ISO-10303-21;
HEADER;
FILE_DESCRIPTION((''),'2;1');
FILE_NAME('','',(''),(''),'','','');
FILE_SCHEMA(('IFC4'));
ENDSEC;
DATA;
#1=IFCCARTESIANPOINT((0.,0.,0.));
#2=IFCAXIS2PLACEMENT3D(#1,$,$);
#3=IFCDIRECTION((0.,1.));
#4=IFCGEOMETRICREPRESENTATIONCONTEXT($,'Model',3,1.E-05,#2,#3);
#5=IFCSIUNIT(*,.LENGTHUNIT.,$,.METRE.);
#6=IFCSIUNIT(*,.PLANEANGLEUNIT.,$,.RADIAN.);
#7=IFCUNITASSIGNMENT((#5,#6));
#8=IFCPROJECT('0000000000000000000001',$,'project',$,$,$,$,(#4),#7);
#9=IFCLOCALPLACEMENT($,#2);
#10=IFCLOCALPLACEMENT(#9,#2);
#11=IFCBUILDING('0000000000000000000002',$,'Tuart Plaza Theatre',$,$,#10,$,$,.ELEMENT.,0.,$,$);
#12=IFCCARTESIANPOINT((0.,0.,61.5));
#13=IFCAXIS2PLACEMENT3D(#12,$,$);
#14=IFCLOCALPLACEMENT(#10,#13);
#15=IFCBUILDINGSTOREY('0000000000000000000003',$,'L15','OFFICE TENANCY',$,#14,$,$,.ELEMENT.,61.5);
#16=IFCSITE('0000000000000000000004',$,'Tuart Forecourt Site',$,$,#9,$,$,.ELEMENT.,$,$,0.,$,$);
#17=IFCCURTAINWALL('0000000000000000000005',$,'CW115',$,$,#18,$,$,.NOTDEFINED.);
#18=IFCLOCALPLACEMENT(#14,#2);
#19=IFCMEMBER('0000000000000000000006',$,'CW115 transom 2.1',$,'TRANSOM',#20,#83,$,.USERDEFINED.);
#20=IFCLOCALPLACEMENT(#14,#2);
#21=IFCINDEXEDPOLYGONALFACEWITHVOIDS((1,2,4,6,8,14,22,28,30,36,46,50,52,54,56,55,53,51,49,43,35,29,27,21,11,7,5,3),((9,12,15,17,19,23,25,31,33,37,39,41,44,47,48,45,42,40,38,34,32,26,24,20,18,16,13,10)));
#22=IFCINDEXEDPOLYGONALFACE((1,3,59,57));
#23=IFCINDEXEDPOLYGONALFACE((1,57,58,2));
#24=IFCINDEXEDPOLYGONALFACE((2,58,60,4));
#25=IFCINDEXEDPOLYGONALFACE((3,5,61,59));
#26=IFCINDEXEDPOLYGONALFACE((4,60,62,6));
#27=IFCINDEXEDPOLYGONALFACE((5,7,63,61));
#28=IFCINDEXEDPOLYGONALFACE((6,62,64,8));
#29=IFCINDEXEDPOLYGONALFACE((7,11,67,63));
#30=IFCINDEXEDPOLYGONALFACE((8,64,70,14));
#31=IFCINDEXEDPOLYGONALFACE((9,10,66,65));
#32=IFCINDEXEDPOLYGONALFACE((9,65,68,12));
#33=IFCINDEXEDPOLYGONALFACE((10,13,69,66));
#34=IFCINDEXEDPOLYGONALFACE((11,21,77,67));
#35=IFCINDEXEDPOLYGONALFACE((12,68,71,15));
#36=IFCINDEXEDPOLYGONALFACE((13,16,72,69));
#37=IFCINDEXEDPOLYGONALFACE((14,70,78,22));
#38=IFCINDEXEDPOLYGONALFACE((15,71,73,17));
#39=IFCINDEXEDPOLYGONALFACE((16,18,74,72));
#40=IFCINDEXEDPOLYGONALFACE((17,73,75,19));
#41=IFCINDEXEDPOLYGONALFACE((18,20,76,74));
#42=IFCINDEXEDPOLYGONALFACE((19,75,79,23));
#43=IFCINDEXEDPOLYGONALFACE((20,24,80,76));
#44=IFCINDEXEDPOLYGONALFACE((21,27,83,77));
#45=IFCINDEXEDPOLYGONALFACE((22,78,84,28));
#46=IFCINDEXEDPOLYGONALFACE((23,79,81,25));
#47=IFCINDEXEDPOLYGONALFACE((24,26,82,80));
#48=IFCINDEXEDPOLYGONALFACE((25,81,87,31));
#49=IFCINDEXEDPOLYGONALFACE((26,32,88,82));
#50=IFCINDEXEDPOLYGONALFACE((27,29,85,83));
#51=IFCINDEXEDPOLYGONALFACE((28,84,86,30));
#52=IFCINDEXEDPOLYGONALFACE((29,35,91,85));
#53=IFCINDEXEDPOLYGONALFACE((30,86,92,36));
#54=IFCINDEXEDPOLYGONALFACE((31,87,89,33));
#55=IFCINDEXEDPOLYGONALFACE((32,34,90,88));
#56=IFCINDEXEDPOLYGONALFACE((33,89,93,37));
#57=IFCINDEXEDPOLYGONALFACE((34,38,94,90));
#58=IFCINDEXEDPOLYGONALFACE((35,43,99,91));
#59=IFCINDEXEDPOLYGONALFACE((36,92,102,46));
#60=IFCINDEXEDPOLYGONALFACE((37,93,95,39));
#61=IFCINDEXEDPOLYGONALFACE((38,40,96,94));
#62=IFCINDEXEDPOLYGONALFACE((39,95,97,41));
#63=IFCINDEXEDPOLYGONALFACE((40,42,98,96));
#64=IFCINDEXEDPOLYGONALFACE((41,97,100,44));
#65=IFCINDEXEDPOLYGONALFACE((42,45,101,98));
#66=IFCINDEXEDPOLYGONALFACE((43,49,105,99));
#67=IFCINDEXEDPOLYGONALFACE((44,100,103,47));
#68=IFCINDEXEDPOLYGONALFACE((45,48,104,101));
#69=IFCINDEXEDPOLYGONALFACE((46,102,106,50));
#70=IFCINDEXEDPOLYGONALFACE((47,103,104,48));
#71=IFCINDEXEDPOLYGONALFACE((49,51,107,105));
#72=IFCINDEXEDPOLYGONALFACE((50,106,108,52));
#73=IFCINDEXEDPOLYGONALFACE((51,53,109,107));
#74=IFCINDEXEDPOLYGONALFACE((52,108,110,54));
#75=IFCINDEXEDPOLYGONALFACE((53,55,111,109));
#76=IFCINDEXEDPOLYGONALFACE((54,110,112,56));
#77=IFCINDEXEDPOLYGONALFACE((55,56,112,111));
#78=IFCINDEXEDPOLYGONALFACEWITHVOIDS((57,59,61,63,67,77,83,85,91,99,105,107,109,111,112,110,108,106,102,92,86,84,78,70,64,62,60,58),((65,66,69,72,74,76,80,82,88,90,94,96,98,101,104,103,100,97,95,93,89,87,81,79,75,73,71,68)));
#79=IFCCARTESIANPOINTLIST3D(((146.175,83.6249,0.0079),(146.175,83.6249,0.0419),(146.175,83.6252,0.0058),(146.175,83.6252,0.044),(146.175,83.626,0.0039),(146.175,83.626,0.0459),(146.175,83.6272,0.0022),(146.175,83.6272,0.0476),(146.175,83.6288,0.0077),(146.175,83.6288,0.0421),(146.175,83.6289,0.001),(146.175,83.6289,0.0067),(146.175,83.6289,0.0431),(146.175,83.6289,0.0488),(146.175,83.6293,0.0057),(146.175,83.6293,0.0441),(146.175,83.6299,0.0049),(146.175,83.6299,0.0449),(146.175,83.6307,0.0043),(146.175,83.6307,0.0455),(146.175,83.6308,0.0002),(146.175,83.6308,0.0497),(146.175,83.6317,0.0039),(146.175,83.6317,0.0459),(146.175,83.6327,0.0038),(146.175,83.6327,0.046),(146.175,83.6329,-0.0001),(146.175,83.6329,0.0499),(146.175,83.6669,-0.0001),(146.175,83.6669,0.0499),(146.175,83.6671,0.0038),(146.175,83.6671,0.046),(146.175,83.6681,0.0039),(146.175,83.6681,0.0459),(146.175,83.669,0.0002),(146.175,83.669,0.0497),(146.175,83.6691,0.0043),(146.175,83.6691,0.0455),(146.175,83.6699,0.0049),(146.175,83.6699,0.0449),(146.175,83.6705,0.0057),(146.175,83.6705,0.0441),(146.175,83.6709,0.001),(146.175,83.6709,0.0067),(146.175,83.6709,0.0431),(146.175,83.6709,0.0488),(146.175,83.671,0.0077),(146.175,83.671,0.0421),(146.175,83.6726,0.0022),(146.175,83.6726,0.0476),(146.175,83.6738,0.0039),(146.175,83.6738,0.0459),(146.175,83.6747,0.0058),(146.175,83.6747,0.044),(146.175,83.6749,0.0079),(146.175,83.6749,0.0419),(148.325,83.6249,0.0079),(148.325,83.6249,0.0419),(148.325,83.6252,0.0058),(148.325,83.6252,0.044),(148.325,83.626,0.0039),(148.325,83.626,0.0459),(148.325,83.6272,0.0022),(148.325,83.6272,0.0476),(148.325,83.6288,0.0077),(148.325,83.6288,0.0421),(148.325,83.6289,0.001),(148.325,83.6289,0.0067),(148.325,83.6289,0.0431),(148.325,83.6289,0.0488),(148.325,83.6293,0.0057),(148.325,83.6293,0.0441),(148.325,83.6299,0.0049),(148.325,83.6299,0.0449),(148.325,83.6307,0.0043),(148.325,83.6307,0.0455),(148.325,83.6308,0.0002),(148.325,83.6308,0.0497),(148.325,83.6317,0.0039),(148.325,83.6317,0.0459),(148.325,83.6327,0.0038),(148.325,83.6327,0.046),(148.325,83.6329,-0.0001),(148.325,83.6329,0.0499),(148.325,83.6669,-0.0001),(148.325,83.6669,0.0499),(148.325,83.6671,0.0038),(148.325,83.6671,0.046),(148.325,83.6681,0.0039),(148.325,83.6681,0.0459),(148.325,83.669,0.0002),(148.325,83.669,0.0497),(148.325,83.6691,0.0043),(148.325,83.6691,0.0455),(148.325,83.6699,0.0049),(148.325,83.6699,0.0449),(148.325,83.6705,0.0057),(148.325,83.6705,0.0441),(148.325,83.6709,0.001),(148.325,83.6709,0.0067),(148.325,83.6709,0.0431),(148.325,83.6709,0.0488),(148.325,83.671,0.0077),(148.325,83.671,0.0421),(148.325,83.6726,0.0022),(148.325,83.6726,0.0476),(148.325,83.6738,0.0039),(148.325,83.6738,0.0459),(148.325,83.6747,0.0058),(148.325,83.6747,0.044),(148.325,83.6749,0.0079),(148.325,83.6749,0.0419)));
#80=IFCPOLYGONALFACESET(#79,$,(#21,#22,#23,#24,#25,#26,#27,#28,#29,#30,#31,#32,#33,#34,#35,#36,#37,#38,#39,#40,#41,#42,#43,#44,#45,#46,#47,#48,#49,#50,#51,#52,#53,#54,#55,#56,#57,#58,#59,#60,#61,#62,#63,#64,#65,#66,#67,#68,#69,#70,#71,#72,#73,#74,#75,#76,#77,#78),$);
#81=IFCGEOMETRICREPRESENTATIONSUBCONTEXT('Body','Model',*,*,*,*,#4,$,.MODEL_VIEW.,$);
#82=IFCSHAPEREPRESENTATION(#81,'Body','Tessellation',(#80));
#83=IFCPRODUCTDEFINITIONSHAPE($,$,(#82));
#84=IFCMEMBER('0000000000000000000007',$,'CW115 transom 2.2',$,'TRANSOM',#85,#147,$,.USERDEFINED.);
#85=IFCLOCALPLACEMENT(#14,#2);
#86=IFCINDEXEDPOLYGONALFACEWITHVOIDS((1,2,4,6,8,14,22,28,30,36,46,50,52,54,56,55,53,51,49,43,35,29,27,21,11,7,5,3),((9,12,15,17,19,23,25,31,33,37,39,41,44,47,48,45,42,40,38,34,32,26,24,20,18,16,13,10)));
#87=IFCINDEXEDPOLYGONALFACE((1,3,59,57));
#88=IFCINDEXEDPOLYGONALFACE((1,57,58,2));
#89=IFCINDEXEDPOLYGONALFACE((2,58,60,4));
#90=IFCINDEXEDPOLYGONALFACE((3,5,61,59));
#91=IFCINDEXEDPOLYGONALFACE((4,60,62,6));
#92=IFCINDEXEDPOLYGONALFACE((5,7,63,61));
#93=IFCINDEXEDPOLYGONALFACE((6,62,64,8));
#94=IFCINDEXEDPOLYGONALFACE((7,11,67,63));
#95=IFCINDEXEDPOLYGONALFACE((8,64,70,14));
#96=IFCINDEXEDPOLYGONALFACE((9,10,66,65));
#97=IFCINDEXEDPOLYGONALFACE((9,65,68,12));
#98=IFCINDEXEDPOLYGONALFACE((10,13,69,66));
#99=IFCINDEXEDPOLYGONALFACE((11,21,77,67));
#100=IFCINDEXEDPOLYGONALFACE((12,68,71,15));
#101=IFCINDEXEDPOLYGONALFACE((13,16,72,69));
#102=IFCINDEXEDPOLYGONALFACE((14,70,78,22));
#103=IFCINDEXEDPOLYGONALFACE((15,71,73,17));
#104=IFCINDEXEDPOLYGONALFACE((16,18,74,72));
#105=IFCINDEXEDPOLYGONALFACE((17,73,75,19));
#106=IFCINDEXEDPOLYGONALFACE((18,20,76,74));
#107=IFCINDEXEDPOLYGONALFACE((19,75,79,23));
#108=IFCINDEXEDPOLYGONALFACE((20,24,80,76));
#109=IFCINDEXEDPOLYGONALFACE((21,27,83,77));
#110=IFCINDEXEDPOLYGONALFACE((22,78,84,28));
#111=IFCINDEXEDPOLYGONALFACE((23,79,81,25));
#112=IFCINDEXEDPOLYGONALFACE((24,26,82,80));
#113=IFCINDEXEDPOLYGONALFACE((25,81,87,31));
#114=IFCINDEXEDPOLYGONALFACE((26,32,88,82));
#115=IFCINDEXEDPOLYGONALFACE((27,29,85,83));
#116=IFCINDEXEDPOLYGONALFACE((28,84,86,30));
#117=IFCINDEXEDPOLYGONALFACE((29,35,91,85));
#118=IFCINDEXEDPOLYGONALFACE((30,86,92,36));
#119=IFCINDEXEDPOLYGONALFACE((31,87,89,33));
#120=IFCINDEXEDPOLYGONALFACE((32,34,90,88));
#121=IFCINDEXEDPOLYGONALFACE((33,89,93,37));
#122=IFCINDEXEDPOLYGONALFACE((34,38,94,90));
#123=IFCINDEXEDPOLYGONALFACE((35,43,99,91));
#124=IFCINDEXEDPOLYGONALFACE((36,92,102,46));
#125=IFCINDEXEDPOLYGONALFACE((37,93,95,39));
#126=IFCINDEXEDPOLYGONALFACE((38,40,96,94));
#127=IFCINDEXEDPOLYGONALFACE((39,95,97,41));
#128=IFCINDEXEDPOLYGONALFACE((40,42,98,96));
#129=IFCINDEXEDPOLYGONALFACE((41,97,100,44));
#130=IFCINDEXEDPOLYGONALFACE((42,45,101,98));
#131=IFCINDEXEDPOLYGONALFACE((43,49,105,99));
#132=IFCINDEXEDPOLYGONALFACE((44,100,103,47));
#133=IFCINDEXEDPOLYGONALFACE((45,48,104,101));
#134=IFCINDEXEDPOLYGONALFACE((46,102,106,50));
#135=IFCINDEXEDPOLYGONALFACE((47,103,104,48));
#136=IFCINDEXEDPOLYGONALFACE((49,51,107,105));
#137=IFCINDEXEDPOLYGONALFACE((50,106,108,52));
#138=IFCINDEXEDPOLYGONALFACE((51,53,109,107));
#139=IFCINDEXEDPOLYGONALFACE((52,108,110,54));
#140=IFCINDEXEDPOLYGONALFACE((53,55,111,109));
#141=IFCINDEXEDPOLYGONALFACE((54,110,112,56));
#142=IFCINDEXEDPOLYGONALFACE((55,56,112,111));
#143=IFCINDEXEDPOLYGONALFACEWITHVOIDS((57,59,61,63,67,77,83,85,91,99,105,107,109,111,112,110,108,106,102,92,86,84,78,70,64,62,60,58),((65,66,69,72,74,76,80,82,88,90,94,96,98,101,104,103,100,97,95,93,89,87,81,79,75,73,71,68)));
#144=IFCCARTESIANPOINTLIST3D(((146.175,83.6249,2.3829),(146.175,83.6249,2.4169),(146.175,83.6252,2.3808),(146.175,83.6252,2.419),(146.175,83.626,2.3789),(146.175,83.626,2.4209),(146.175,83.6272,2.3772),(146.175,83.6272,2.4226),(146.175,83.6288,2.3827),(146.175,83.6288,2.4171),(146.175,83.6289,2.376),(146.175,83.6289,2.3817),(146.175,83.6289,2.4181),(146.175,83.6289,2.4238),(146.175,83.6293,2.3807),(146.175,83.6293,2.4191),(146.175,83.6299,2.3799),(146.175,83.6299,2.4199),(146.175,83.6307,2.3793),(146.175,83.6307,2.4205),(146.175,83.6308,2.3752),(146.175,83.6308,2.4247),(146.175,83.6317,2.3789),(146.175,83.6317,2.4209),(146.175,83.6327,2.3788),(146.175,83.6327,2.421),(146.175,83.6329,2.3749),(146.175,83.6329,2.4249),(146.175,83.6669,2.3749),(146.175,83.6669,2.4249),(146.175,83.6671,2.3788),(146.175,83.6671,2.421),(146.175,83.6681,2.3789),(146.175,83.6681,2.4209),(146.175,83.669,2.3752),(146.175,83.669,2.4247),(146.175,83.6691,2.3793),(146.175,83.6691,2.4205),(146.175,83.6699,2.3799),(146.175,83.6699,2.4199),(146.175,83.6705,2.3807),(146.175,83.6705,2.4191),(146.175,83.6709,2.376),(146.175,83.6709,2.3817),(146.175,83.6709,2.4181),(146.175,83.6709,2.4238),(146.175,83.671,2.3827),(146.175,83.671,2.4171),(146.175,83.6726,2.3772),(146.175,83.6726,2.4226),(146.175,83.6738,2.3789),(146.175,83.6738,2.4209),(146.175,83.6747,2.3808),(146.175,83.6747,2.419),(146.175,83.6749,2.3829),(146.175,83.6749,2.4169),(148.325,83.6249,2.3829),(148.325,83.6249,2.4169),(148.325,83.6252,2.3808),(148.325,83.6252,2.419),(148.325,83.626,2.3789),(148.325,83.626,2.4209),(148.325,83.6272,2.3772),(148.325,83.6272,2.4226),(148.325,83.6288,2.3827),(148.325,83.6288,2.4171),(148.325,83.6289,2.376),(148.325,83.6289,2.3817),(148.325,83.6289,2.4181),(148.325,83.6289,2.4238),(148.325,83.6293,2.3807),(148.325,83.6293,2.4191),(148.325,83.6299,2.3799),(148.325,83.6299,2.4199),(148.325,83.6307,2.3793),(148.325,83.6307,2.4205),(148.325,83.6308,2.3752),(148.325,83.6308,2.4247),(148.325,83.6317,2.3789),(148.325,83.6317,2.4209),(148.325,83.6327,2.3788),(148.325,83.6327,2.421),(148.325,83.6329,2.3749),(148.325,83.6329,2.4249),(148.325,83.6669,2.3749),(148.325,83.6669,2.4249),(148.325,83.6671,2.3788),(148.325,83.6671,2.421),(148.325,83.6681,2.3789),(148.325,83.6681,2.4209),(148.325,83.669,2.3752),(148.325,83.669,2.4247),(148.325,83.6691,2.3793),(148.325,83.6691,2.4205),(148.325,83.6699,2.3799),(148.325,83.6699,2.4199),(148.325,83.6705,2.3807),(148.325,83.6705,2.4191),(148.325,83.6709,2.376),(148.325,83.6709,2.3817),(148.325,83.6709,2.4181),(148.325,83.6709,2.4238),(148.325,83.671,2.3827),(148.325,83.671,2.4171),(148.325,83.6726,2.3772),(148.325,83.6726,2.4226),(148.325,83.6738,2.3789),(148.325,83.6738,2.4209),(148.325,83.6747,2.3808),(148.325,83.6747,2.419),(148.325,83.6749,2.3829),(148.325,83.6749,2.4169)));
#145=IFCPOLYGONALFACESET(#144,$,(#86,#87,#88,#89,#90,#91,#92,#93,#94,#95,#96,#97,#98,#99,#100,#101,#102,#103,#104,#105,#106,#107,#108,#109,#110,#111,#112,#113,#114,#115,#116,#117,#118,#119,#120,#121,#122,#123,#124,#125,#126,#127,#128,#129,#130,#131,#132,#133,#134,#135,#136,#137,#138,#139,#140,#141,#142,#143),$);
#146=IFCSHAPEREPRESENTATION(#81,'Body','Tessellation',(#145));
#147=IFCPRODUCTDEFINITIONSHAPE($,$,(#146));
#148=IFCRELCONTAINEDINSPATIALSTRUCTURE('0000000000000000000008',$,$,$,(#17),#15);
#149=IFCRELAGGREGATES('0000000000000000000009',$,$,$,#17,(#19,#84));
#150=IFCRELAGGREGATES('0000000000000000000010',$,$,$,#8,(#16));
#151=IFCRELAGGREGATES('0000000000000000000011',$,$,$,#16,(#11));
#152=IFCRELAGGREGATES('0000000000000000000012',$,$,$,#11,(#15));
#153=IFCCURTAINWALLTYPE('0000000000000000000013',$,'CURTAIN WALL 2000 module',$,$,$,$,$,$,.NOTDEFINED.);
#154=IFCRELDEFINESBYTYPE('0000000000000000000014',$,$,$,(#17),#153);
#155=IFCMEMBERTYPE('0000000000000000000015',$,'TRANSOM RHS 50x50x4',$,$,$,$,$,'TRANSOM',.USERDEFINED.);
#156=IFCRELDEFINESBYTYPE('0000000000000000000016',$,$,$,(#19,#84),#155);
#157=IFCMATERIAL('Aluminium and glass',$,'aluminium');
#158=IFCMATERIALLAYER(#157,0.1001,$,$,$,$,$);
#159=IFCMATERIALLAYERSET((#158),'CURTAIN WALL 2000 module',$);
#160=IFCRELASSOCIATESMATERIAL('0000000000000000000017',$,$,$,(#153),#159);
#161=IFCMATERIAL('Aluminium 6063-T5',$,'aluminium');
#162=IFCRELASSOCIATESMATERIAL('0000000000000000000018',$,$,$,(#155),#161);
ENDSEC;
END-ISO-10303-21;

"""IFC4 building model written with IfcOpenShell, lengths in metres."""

from ifc_helpers import new_model, si_unit, direction, frame, origin, origin_2d, place, context, subcontext, project, spatial, hollow_rectangle, extrude, material, layer, layer_set, material_profile, profile_set, type_object, element, aggregate, save


model = new_model("IFC4")

# Units and contexts
model_context = context("Model", 3, precision=1e-05, world=origin(), true_north=direction((0.0, 1.0)))
body_context = subcontext(model_context, "Body", "Model", "MODEL_VIEW")
ifc_project = project(units=[si_unit("LENGTHUNIT", "METRE"), si_unit("PLANEANGLEUNIT", "RADIAN")], contexts=[model_context])

# Site, building, storey
site_placement = place(None, origin())
site = spatial("IfcSite", under=ifc_project, at=site_placement, Name="Tuart Forecourt Site", CompositionType="ELEMENT", RefElevation=0.0)
building_placement = place(site_placement, origin())
building = spatial("IfcBuilding", under=site, at=building_placement, Name="Tuart Plaza Theatre", CompositionType="ELEMENT", ElevationOfRefHeight=0.0)
storey_placement = place(building_placement, frame((0.0, 0.0, 61.5)))
storey = spatial("IfcBuildingStorey", under=building, at=storey_placement, Name="L15", Description="OFFICE TENANCY", CompositionType="ELEMENT", Elevation=61.5)

# Shared definitions
ifc_material_1 = material(Name="Aluminium and glass", Category="aluminium")
ifc_layer_1 = layer(ifc_material_1, 0.1001)
ifc_layer_set_1 = layer_set([ifc_layer_1], Name="CURTAIN WALL 2000 module")
curtain_wall_type = type_object("IfcCurtainWallType", Name="CURTAIN WALL 2000 module", PredefinedType="NOTDEFINED", material=ifc_layer_set_1)

# Curtain wall
curtain_wall_1_placement = place(storey_placement, origin())
curtain_wall_1 = element("IfcCurtainWall", 1, at=curtain_wall_1_placement, inside=storey, type_object=curtain_wall_type, Name="CW115", PredefinedType="NOTDEFINED")

# Members
ifc_material_2 = material(Name="Aluminium 6063-T5", Category="aluminium")
ifc_material_profile_1 = material_profile(ifc_material_2, hollow_rectangle(XDim=0.05, YDim=0.05, WallThickness=0.0039, InnerFilletRadius=0.0039, OuterFilletRadius=0.0081, at=origin_2d()), Name="RHS 50x50x4")
ifc_profile_set_1 = profile_set([ifc_material_profile_1], Name="Aluminium 6063-T5")
member_type_1 = type_object("IfcMemberType", Name="TRANSOM RHS 50x50x4", ElementType="TRANSOM", PredefinedType="USERDEFINED", material=ifc_profile_set_1)
member_1_placement = place(storey_placement, frame((148.325, 83.6499, 0.0249), z_axis=(-1.0, 0.0, 0.0), x_axis=(0.0, -1.0, 0.0)))
member_1 = element("IfcMember", 2, at=member_1_placement, type_object=member_type_1, Name="CW115 transom 2.1", ObjectType="TRANSOM", PredefinedType="USERDEFINED", context=body_context, shape_type="SweptSolid", body=[
    extrude(hollow_rectangle(XDim=0.05, YDim=0.05, WallThickness=0.0039, InnerFilletRadius=0.0039, OuterFilletRadius=0.0081, at=origin_2d()), origin(), (0.0, 0.0, 1.0), 2.1499),
])
member_2_placement = place(storey_placement, frame((148.325, 83.6499, 2.3999), z_axis=(-1.0, 0.0, 0.0), x_axis=(0.0, -1.0, 0.0)))
member_2 = element("IfcMember", 3, at=member_2_placement, type_object=member_type_1, Name="CW115 transom 2.2", ObjectType="TRANSOM", PredefinedType="USERDEFINED", context=body_context, shape_type="SweptSolid", body=[
    extrude(hollow_rectangle(XDim=0.05, YDim=0.05, WallThickness=0.0039, InnerFilletRadius=0.0039, OuterFilletRadius=0.0081, at=origin_2d()), origin(), (0.0, 0.0, 1.0), 2.1499),
])

aggregate(curtain_wall_1, [member_1, member_2])

save(model, "model.ifc")
